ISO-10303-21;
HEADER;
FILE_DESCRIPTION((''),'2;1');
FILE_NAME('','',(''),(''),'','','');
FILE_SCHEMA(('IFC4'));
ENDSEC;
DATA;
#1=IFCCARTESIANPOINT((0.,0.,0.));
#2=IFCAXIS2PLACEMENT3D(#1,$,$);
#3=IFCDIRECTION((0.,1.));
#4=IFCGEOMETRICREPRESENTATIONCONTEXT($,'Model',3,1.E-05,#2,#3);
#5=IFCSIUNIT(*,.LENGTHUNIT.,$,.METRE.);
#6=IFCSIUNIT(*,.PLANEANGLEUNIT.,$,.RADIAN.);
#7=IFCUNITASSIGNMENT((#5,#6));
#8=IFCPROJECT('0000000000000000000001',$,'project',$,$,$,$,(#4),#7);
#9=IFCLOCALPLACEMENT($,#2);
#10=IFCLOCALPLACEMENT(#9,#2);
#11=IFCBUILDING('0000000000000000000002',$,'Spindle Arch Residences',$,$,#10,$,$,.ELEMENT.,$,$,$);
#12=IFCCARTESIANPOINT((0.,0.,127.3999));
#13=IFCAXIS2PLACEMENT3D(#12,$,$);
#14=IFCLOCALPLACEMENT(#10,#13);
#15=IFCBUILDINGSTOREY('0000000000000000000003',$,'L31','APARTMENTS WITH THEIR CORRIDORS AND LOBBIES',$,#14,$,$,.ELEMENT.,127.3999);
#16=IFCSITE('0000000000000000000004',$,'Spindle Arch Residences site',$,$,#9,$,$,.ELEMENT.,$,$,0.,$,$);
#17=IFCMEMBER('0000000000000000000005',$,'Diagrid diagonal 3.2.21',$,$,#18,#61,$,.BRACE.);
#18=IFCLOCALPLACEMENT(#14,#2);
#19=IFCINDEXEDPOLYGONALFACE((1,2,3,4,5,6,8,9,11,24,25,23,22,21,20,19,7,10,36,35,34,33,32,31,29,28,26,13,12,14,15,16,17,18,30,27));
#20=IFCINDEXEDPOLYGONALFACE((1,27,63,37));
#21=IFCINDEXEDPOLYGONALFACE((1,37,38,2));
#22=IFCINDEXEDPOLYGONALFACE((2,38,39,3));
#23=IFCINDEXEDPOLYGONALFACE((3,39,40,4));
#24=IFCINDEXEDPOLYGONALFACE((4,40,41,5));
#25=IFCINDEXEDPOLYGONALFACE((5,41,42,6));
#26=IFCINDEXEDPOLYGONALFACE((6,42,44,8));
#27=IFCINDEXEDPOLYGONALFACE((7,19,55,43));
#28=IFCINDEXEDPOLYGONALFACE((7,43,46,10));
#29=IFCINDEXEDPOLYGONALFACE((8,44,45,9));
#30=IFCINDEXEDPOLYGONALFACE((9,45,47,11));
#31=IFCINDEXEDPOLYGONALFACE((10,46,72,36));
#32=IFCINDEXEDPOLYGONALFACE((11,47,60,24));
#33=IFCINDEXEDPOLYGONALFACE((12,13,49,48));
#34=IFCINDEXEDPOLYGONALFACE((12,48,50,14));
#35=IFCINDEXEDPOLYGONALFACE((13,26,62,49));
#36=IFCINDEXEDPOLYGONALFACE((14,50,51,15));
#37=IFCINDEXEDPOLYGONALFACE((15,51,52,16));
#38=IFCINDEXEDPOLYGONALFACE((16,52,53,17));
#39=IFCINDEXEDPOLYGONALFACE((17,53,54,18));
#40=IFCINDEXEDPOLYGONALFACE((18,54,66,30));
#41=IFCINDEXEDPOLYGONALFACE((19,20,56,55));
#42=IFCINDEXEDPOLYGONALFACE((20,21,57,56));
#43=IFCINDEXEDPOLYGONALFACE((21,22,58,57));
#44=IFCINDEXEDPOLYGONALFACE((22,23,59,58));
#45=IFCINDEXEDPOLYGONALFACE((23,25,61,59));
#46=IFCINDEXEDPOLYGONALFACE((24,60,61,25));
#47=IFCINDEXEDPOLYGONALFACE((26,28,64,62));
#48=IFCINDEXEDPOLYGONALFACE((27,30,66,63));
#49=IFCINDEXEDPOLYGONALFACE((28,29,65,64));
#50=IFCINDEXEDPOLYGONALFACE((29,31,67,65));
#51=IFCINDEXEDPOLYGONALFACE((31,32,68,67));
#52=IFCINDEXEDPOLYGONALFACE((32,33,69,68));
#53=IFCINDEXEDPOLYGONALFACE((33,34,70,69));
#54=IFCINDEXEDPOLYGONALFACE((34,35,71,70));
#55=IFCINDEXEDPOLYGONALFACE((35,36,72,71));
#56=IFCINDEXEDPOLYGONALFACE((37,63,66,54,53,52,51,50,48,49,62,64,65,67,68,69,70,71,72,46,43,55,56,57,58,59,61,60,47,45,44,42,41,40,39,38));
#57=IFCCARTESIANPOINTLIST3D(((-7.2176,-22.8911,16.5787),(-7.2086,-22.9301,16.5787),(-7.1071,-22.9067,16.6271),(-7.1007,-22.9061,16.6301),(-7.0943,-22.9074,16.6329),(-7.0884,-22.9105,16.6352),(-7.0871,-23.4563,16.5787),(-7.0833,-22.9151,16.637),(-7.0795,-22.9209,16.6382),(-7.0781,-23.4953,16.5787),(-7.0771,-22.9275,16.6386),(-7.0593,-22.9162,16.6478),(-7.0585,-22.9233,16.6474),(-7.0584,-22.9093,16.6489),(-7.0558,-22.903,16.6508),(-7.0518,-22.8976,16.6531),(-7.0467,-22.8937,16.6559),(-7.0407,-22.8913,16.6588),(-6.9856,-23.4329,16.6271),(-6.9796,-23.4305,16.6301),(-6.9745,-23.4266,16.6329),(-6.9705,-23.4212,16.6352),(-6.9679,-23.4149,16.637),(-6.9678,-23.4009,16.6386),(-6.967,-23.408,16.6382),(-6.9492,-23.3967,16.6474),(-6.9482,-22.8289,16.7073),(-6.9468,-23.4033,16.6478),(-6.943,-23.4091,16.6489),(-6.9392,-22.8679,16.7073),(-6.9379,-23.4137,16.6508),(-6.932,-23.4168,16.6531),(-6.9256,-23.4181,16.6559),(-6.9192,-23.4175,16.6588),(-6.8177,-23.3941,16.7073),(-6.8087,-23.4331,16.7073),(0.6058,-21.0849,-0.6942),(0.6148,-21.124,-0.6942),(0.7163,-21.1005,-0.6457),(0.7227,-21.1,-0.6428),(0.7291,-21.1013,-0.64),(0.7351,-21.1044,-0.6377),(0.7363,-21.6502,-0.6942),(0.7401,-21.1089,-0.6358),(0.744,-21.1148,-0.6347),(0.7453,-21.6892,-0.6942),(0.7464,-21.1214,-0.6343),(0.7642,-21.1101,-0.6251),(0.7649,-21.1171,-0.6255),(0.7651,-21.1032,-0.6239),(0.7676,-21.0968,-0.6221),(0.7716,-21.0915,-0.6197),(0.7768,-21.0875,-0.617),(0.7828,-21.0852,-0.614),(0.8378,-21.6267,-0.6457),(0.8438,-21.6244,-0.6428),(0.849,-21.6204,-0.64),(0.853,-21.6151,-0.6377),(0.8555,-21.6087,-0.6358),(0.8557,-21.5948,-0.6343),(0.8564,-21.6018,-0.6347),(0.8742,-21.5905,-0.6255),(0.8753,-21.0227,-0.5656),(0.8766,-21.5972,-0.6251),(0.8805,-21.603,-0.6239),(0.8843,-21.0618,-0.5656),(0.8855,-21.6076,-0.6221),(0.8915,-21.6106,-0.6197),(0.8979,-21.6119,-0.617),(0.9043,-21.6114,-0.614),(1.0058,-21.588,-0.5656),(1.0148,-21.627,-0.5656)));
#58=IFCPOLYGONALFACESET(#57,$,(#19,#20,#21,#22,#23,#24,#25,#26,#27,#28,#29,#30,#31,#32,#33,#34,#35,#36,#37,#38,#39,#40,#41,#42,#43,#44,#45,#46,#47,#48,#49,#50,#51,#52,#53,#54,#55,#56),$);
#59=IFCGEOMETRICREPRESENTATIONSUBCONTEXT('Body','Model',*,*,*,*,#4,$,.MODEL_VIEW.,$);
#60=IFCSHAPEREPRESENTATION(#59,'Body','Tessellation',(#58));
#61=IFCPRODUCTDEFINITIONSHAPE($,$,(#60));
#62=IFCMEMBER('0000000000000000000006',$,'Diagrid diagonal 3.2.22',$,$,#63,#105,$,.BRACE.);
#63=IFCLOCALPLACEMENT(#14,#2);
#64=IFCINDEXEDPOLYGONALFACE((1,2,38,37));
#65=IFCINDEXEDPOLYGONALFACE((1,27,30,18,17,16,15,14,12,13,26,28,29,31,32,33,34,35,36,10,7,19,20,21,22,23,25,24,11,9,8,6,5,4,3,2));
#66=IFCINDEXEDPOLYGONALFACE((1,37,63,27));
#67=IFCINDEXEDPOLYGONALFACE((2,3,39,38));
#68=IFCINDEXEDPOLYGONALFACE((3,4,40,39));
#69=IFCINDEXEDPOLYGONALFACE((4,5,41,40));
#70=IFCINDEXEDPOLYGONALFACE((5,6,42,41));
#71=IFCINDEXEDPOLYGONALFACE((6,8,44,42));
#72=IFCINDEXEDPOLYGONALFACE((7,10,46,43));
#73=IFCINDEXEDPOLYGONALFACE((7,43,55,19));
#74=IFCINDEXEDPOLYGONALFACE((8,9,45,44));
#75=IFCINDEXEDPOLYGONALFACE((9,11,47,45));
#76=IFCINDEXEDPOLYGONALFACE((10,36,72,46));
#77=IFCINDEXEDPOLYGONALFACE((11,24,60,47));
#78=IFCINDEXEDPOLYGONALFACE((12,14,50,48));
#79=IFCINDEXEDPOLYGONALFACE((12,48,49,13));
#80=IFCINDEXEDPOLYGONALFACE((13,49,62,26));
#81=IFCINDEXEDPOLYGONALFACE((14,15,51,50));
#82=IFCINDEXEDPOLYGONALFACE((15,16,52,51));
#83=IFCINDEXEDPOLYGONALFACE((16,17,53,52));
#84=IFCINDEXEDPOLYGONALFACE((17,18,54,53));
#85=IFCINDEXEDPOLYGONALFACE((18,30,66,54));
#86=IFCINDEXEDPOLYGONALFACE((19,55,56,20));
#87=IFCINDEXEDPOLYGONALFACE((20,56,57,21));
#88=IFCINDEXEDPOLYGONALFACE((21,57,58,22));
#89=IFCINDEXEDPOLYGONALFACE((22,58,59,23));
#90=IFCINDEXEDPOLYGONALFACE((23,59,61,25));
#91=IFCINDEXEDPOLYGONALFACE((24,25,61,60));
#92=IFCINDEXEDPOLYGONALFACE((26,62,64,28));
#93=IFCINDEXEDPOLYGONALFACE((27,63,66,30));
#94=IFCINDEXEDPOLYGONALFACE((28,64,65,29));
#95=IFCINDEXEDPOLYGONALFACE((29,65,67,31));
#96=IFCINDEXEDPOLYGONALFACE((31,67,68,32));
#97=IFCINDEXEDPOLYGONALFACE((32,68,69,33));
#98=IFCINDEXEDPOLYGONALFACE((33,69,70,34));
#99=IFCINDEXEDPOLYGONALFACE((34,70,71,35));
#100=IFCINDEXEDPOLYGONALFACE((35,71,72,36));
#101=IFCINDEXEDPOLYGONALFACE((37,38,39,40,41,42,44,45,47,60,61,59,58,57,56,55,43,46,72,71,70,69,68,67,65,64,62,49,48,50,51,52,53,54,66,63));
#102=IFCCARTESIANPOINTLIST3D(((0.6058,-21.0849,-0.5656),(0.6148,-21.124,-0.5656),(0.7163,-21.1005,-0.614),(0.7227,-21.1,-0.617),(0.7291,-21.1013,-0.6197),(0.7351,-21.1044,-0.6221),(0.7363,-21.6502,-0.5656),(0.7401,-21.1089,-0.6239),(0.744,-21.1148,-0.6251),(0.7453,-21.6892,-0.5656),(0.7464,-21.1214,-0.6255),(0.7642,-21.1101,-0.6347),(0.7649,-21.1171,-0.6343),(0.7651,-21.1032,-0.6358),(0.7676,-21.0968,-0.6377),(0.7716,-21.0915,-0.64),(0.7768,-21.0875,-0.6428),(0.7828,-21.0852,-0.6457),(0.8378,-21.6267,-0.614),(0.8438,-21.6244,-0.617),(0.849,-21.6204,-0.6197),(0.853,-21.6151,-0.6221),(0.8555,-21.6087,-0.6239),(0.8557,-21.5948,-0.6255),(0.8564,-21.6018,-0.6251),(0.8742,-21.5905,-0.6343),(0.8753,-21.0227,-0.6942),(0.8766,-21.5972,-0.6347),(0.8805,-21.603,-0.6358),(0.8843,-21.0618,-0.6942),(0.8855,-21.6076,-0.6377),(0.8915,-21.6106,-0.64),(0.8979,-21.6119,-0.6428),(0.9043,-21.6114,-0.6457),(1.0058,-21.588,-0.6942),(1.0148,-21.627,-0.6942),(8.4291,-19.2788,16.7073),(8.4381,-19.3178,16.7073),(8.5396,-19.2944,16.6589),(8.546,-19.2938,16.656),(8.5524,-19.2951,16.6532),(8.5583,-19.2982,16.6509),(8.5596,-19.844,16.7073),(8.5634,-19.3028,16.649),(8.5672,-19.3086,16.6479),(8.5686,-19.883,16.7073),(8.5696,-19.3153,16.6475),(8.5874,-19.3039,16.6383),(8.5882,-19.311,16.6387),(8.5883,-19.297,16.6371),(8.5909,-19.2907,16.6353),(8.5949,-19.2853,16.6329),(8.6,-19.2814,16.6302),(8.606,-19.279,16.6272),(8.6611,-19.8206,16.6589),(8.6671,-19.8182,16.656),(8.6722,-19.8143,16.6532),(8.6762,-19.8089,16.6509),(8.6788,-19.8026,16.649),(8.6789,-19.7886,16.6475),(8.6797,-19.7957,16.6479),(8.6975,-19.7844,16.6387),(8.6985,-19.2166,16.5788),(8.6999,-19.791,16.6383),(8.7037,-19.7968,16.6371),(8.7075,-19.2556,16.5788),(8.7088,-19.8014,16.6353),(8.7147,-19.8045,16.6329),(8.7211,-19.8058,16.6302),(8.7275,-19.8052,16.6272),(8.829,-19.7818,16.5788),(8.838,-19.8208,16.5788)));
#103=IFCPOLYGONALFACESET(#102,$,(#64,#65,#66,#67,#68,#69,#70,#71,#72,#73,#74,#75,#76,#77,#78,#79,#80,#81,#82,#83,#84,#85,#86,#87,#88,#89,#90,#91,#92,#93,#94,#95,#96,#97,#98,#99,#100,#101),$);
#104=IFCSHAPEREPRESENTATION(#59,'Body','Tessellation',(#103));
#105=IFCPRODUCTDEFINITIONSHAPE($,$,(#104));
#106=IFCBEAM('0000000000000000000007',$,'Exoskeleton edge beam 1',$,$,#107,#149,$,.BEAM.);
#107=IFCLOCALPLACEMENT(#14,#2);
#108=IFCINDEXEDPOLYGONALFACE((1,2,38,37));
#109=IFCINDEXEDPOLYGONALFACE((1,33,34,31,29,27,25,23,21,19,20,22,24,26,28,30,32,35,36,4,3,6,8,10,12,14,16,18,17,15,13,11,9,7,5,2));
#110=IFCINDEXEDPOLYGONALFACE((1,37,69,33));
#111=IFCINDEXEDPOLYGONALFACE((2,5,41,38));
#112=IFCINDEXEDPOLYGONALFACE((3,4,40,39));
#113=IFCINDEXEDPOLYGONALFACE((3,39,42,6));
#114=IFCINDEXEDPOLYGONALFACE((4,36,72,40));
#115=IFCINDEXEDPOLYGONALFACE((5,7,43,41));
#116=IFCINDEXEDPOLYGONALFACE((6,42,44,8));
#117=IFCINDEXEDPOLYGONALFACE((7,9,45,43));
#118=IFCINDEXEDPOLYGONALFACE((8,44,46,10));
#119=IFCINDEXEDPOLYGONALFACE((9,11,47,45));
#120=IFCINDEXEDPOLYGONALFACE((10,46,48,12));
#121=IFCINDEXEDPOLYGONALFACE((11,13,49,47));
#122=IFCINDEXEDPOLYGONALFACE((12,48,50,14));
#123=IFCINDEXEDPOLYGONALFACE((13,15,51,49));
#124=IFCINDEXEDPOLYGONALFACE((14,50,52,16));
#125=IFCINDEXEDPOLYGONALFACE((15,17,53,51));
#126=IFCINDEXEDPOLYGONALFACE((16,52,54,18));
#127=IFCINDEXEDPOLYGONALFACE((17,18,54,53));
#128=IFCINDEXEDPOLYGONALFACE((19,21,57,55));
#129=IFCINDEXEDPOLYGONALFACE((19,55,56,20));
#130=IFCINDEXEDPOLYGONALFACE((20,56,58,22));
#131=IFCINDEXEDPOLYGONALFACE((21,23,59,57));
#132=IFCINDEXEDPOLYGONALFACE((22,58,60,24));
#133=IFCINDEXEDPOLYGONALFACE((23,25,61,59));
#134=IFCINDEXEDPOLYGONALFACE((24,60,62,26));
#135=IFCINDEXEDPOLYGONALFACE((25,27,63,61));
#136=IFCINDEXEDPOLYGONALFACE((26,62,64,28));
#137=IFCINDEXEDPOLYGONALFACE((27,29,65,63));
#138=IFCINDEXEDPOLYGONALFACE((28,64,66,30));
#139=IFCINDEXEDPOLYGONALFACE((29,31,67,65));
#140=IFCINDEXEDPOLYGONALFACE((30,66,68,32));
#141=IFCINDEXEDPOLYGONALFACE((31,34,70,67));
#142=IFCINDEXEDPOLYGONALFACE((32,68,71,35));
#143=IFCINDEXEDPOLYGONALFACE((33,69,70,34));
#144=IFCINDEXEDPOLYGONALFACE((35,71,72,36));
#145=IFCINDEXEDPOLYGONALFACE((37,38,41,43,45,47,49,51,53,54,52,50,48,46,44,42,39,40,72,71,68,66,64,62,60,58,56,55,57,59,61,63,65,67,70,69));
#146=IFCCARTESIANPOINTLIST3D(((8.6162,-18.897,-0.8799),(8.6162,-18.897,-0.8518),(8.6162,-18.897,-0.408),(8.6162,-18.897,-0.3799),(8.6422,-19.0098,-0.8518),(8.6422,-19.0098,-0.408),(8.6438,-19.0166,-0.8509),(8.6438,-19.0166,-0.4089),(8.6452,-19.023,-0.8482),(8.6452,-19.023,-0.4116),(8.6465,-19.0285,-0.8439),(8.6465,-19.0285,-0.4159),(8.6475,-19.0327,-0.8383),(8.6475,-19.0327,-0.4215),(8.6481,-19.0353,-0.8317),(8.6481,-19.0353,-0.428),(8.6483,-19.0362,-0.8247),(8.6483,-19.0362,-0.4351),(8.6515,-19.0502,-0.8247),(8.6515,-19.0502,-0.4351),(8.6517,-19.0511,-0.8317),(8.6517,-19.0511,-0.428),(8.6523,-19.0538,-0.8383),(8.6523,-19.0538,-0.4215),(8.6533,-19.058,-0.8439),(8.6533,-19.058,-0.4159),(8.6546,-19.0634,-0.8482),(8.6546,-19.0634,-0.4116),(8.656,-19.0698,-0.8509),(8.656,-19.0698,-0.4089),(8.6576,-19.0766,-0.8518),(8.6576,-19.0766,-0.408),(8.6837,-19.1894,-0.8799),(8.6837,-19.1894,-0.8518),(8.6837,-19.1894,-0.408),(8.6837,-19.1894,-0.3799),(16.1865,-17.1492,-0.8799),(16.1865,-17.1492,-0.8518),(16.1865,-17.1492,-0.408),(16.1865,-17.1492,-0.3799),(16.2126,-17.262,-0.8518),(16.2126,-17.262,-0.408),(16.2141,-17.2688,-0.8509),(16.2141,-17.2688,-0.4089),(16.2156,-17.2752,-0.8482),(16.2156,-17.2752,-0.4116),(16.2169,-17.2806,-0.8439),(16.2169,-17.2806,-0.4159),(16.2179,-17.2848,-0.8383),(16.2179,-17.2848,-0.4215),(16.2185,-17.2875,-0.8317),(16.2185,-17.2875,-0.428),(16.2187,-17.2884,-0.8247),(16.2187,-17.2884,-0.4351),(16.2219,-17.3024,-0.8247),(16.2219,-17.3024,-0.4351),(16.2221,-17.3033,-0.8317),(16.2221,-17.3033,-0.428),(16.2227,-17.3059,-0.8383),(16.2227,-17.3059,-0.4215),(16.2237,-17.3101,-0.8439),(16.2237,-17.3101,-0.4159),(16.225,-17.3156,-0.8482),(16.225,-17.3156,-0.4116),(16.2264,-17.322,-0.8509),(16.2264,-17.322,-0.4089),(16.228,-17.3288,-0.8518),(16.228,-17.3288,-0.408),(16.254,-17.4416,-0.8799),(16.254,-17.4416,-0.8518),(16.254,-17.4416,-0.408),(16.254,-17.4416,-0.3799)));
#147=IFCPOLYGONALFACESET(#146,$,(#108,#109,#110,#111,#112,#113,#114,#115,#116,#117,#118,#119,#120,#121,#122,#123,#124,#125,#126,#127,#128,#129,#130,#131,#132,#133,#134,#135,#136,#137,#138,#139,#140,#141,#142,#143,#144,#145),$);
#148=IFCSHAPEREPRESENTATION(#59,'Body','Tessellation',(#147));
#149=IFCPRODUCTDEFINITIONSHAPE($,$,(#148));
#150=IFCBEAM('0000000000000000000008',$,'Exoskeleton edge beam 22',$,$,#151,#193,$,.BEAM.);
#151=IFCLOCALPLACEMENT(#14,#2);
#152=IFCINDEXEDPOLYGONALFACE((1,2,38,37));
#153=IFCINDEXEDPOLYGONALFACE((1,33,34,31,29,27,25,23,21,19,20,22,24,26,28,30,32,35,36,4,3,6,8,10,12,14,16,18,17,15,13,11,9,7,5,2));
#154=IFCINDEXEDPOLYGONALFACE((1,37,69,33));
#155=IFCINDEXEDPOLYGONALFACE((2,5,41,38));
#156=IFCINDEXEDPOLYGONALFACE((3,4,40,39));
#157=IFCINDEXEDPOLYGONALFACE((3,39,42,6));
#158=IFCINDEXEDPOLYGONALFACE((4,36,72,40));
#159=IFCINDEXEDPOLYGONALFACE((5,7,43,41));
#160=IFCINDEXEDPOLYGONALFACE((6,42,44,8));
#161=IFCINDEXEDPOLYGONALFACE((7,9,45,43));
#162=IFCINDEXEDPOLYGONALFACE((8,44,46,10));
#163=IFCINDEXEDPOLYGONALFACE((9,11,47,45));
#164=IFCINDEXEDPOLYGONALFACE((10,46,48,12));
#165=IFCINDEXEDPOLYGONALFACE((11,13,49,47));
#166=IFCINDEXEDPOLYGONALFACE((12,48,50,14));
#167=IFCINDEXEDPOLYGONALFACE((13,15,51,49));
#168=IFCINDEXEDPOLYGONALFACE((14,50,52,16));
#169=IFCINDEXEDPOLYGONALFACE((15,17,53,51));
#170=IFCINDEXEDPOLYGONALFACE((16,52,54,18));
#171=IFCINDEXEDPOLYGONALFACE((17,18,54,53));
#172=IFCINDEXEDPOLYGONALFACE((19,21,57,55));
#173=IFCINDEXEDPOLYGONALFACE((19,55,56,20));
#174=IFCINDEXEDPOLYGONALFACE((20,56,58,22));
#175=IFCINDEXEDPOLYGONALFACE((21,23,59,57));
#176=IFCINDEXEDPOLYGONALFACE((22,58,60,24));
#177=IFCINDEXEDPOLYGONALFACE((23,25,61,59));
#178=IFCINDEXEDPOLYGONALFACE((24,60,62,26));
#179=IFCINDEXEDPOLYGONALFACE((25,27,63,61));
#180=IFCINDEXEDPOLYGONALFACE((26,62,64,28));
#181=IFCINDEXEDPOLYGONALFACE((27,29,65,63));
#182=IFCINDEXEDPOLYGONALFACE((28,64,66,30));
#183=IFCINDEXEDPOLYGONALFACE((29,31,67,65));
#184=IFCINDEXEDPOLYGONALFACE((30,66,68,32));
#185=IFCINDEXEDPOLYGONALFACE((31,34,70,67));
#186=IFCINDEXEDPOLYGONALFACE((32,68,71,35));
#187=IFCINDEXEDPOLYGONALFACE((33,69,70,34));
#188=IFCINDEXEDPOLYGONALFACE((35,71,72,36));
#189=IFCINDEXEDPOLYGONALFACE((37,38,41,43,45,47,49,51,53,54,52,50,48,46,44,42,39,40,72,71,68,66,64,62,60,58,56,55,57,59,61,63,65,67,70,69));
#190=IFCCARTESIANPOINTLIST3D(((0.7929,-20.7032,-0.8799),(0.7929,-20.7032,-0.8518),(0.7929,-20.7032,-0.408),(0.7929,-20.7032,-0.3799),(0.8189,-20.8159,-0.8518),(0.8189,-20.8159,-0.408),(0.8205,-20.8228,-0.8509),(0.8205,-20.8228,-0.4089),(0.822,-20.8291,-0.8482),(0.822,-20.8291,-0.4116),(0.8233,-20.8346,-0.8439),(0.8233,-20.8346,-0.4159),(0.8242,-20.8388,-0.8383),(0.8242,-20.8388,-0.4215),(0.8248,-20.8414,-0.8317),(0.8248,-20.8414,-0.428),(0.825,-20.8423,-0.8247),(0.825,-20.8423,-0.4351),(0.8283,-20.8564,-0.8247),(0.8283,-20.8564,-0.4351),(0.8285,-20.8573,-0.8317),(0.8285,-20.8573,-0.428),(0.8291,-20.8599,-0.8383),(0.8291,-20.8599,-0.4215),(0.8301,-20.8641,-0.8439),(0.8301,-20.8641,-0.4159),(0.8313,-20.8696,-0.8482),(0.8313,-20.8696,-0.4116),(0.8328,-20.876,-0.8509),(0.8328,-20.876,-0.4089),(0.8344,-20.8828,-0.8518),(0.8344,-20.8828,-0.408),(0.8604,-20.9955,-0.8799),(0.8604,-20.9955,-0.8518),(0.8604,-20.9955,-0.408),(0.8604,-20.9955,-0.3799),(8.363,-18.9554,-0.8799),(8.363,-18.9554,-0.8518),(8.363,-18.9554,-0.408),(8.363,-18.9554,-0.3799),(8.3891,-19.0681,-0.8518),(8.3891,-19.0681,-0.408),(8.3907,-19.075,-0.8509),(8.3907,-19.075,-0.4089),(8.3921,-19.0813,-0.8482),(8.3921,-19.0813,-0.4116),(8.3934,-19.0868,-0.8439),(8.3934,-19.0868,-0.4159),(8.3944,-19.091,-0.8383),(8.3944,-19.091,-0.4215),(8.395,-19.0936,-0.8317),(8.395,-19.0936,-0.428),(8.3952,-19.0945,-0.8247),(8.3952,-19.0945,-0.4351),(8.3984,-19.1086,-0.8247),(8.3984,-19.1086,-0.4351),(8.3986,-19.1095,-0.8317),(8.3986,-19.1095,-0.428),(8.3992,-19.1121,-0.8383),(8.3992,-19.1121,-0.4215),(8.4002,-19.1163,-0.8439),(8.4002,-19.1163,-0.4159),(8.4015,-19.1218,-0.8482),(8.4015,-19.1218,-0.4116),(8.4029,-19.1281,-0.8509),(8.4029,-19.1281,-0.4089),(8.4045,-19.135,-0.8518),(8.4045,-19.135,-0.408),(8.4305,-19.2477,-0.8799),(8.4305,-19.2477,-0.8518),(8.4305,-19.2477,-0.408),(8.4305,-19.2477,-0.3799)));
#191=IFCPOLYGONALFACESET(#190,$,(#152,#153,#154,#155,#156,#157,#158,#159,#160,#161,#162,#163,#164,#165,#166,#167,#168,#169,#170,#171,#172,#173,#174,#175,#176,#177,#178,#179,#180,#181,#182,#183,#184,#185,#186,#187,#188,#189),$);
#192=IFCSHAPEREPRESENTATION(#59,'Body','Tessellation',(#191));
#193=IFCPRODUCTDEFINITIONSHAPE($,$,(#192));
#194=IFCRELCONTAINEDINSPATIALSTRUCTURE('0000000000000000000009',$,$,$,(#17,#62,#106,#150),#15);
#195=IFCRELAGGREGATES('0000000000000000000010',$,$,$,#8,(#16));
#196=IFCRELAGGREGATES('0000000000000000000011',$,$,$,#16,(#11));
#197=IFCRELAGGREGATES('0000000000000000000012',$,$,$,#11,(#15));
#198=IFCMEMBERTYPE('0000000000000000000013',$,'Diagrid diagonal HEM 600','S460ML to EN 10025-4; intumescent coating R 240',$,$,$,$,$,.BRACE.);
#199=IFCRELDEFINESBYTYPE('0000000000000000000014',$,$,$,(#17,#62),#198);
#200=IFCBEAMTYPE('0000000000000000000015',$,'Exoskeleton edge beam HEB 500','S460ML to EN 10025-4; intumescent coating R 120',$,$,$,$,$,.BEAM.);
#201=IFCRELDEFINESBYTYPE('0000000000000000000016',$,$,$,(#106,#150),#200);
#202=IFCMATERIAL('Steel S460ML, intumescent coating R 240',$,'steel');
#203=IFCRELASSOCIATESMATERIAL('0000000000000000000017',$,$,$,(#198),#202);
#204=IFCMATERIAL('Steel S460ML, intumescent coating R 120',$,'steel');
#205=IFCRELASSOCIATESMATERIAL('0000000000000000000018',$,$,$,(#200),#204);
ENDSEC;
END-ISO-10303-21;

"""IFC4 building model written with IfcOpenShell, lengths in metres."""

from ifc_helpers import new_model, si_unit, direction, frame, origin, origin_2d, place, context, subcontext, project, spatial, i_section, extrude, material, material_profile, profile_set, type_object, element, save


model = new_model("IFC4")

# Units and contexts
model_context = context("Model", 3, precision=1e-05, world=origin(), true_north=direction((0.0, 1.0)))
body_context = subcontext(model_context, "Body", "Model", "MODEL_VIEW")
ifc_project = project(units=[si_unit("LENGTHUNIT", "METRE"), si_unit("PLANEANGLEUNIT", "RADIAN")], contexts=[model_context])

# Site, building, storey
site_placement = place(None, origin())
site = spatial("IfcSite", under=ifc_project, at=site_placement, Name="Spindle Arch Residences site", CompositionType="ELEMENT", RefElevation=0.0)
building_placement = place(site_placement, origin())
building = spatial("IfcBuilding", under=site, at=building_placement, Name="Spindle Arch Residences", CompositionType="ELEMENT")
storey_placement = place(building_placement, frame((0.0, 0.0, 127.3999)))
storey = spatial("IfcBuildingStorey", under=building, at=storey_placement, Name="L31", Description="APARTMENTS WITH THEIR CORRIDORS AND LOBBIES", CompositionType="ELEMENT", Elevation=127.3999)

# Members
ifc_material_1 = material(Name="Steel S460ML, intumescent coating R 240", Category="steel")
ifc_material_profile_1 = material_profile(ifc_material_1, i_section(OverallWidth=0.3049, OverallDepth=0.6201, WebThickness=0.021, FlangeThickness=0.04, FilletRadius=0.0271, at=origin_2d()), Name="HEM 600")
ifc_profile_set_1 = profile_set([ifc_material_profile_1], Name="Steel S460ML, intumescent coating R 240")
member_type_1 = type_object("IfcMemberType", Name="Diagrid diagonal HEM 600", Description="S460ML to EN 10025-4; intumescent coating R 240", PredefinedType="BRACE", material=ifc_profile_set_1)
for number, where, z_axis, x_axis, name in (
    (1, (0.8103, -21.356, -0.6299), (-0.410726, -0.094821, 0.906815), (0.883574, 0.203984, 0.421529), "Diagrid diagonal 3.2.21"),
    (2, (0.8103, -21.356, -0.6299), (0.410716, 0.094822, 0.906819), (-0.883577, -0.203992, 0.421519), "Diagrid diagonal 3.2.22"),
):
    element("IfcMember", number, at=place(storey_placement, frame(where, z_axis=z_axis, x_axis=x_axis)), inside=storey, type_object=member_type_1, Name=name, PredefinedType="BRACE", context=body_context, shape_type="SweptSolid", body=[
        extrude(i_section(OverallWidth=0.3049, OverallDepth=0.6201, WebThickness=0.021, FlangeThickness=0.04, FilletRadius=0.0271, at=origin_2d()), origin(), (0.0, 0.0, 1.0), 19.0479),
    ])

# Beams
ifc_material_2 = material(Name="Steel S460ML, intumescent coating R 120", Category="steel")
ifc_material_profile_2 = material_profile(ifc_material_2, i_section(OverallWidth=0.3, OverallDepth=0.5, WebThickness=0.0144, FlangeThickness=0.0281, FilletRadius=0.0271, at=origin_2d()), Name="HEB 500")
ifc_profile_set_2 = profile_set([ifc_material_profile_2], Name="Steel S460ML, intumescent coating R 120")
beam_type_1 = type_object("IfcBeamType", Name="Exoskeleton edge beam HEB 500", Description="S460ML to EN 10025-4; intumescent coating R 120", PredefinedType="BEAM", material=ifc_profile_set_2)
beam_1_placement = place(storey_placement, frame((8.6499, -19.0432, -0.6299), z_axis=(0.974368, 0.224958, 0.0), x_axis=(-0.224958, 0.974368, 0.0)))
element("IfcBeam", 3, at=beam_1_placement, inside=storey, type_object=beam_type_1, Name="Exoskeleton edge beam 1", PredefinedType="BEAM", context=body_context, shape_type="SweptSolid", body=[
    extrude(i_section(OverallWidth=0.3, OverallDepth=0.5, WebThickness=0.0144, FlangeThickness=0.0281, FilletRadius=0.0271, at=origin_2d()), origin(), (0.0, 0.0, 1.0), 7.7695),
])
beam_2_placement = place(storey_placement, frame((0.8267, -20.8494, -0.6299), z_axis=(0.974367, 0.224965, 0.0), x_axis=(-0.224965, 0.974367, 0.0)))
element("IfcBeam", 4, at=beam_2_placement, inside=storey, type_object=beam_type_1, Name="Exoskeleton edge beam 22", PredefinedType="BEAM", context=body_context, shape_type="SweptSolid", body=[
    extrude(i_section(OverallWidth=0.3, OverallDepth=0.5, WebThickness=0.0144, FlangeThickness=0.0281, FilletRadius=0.0271, at=origin_2d()), origin(), (0.0, 0.0, 1.0), 7.7693),
])

save(model, "model.ifc")
